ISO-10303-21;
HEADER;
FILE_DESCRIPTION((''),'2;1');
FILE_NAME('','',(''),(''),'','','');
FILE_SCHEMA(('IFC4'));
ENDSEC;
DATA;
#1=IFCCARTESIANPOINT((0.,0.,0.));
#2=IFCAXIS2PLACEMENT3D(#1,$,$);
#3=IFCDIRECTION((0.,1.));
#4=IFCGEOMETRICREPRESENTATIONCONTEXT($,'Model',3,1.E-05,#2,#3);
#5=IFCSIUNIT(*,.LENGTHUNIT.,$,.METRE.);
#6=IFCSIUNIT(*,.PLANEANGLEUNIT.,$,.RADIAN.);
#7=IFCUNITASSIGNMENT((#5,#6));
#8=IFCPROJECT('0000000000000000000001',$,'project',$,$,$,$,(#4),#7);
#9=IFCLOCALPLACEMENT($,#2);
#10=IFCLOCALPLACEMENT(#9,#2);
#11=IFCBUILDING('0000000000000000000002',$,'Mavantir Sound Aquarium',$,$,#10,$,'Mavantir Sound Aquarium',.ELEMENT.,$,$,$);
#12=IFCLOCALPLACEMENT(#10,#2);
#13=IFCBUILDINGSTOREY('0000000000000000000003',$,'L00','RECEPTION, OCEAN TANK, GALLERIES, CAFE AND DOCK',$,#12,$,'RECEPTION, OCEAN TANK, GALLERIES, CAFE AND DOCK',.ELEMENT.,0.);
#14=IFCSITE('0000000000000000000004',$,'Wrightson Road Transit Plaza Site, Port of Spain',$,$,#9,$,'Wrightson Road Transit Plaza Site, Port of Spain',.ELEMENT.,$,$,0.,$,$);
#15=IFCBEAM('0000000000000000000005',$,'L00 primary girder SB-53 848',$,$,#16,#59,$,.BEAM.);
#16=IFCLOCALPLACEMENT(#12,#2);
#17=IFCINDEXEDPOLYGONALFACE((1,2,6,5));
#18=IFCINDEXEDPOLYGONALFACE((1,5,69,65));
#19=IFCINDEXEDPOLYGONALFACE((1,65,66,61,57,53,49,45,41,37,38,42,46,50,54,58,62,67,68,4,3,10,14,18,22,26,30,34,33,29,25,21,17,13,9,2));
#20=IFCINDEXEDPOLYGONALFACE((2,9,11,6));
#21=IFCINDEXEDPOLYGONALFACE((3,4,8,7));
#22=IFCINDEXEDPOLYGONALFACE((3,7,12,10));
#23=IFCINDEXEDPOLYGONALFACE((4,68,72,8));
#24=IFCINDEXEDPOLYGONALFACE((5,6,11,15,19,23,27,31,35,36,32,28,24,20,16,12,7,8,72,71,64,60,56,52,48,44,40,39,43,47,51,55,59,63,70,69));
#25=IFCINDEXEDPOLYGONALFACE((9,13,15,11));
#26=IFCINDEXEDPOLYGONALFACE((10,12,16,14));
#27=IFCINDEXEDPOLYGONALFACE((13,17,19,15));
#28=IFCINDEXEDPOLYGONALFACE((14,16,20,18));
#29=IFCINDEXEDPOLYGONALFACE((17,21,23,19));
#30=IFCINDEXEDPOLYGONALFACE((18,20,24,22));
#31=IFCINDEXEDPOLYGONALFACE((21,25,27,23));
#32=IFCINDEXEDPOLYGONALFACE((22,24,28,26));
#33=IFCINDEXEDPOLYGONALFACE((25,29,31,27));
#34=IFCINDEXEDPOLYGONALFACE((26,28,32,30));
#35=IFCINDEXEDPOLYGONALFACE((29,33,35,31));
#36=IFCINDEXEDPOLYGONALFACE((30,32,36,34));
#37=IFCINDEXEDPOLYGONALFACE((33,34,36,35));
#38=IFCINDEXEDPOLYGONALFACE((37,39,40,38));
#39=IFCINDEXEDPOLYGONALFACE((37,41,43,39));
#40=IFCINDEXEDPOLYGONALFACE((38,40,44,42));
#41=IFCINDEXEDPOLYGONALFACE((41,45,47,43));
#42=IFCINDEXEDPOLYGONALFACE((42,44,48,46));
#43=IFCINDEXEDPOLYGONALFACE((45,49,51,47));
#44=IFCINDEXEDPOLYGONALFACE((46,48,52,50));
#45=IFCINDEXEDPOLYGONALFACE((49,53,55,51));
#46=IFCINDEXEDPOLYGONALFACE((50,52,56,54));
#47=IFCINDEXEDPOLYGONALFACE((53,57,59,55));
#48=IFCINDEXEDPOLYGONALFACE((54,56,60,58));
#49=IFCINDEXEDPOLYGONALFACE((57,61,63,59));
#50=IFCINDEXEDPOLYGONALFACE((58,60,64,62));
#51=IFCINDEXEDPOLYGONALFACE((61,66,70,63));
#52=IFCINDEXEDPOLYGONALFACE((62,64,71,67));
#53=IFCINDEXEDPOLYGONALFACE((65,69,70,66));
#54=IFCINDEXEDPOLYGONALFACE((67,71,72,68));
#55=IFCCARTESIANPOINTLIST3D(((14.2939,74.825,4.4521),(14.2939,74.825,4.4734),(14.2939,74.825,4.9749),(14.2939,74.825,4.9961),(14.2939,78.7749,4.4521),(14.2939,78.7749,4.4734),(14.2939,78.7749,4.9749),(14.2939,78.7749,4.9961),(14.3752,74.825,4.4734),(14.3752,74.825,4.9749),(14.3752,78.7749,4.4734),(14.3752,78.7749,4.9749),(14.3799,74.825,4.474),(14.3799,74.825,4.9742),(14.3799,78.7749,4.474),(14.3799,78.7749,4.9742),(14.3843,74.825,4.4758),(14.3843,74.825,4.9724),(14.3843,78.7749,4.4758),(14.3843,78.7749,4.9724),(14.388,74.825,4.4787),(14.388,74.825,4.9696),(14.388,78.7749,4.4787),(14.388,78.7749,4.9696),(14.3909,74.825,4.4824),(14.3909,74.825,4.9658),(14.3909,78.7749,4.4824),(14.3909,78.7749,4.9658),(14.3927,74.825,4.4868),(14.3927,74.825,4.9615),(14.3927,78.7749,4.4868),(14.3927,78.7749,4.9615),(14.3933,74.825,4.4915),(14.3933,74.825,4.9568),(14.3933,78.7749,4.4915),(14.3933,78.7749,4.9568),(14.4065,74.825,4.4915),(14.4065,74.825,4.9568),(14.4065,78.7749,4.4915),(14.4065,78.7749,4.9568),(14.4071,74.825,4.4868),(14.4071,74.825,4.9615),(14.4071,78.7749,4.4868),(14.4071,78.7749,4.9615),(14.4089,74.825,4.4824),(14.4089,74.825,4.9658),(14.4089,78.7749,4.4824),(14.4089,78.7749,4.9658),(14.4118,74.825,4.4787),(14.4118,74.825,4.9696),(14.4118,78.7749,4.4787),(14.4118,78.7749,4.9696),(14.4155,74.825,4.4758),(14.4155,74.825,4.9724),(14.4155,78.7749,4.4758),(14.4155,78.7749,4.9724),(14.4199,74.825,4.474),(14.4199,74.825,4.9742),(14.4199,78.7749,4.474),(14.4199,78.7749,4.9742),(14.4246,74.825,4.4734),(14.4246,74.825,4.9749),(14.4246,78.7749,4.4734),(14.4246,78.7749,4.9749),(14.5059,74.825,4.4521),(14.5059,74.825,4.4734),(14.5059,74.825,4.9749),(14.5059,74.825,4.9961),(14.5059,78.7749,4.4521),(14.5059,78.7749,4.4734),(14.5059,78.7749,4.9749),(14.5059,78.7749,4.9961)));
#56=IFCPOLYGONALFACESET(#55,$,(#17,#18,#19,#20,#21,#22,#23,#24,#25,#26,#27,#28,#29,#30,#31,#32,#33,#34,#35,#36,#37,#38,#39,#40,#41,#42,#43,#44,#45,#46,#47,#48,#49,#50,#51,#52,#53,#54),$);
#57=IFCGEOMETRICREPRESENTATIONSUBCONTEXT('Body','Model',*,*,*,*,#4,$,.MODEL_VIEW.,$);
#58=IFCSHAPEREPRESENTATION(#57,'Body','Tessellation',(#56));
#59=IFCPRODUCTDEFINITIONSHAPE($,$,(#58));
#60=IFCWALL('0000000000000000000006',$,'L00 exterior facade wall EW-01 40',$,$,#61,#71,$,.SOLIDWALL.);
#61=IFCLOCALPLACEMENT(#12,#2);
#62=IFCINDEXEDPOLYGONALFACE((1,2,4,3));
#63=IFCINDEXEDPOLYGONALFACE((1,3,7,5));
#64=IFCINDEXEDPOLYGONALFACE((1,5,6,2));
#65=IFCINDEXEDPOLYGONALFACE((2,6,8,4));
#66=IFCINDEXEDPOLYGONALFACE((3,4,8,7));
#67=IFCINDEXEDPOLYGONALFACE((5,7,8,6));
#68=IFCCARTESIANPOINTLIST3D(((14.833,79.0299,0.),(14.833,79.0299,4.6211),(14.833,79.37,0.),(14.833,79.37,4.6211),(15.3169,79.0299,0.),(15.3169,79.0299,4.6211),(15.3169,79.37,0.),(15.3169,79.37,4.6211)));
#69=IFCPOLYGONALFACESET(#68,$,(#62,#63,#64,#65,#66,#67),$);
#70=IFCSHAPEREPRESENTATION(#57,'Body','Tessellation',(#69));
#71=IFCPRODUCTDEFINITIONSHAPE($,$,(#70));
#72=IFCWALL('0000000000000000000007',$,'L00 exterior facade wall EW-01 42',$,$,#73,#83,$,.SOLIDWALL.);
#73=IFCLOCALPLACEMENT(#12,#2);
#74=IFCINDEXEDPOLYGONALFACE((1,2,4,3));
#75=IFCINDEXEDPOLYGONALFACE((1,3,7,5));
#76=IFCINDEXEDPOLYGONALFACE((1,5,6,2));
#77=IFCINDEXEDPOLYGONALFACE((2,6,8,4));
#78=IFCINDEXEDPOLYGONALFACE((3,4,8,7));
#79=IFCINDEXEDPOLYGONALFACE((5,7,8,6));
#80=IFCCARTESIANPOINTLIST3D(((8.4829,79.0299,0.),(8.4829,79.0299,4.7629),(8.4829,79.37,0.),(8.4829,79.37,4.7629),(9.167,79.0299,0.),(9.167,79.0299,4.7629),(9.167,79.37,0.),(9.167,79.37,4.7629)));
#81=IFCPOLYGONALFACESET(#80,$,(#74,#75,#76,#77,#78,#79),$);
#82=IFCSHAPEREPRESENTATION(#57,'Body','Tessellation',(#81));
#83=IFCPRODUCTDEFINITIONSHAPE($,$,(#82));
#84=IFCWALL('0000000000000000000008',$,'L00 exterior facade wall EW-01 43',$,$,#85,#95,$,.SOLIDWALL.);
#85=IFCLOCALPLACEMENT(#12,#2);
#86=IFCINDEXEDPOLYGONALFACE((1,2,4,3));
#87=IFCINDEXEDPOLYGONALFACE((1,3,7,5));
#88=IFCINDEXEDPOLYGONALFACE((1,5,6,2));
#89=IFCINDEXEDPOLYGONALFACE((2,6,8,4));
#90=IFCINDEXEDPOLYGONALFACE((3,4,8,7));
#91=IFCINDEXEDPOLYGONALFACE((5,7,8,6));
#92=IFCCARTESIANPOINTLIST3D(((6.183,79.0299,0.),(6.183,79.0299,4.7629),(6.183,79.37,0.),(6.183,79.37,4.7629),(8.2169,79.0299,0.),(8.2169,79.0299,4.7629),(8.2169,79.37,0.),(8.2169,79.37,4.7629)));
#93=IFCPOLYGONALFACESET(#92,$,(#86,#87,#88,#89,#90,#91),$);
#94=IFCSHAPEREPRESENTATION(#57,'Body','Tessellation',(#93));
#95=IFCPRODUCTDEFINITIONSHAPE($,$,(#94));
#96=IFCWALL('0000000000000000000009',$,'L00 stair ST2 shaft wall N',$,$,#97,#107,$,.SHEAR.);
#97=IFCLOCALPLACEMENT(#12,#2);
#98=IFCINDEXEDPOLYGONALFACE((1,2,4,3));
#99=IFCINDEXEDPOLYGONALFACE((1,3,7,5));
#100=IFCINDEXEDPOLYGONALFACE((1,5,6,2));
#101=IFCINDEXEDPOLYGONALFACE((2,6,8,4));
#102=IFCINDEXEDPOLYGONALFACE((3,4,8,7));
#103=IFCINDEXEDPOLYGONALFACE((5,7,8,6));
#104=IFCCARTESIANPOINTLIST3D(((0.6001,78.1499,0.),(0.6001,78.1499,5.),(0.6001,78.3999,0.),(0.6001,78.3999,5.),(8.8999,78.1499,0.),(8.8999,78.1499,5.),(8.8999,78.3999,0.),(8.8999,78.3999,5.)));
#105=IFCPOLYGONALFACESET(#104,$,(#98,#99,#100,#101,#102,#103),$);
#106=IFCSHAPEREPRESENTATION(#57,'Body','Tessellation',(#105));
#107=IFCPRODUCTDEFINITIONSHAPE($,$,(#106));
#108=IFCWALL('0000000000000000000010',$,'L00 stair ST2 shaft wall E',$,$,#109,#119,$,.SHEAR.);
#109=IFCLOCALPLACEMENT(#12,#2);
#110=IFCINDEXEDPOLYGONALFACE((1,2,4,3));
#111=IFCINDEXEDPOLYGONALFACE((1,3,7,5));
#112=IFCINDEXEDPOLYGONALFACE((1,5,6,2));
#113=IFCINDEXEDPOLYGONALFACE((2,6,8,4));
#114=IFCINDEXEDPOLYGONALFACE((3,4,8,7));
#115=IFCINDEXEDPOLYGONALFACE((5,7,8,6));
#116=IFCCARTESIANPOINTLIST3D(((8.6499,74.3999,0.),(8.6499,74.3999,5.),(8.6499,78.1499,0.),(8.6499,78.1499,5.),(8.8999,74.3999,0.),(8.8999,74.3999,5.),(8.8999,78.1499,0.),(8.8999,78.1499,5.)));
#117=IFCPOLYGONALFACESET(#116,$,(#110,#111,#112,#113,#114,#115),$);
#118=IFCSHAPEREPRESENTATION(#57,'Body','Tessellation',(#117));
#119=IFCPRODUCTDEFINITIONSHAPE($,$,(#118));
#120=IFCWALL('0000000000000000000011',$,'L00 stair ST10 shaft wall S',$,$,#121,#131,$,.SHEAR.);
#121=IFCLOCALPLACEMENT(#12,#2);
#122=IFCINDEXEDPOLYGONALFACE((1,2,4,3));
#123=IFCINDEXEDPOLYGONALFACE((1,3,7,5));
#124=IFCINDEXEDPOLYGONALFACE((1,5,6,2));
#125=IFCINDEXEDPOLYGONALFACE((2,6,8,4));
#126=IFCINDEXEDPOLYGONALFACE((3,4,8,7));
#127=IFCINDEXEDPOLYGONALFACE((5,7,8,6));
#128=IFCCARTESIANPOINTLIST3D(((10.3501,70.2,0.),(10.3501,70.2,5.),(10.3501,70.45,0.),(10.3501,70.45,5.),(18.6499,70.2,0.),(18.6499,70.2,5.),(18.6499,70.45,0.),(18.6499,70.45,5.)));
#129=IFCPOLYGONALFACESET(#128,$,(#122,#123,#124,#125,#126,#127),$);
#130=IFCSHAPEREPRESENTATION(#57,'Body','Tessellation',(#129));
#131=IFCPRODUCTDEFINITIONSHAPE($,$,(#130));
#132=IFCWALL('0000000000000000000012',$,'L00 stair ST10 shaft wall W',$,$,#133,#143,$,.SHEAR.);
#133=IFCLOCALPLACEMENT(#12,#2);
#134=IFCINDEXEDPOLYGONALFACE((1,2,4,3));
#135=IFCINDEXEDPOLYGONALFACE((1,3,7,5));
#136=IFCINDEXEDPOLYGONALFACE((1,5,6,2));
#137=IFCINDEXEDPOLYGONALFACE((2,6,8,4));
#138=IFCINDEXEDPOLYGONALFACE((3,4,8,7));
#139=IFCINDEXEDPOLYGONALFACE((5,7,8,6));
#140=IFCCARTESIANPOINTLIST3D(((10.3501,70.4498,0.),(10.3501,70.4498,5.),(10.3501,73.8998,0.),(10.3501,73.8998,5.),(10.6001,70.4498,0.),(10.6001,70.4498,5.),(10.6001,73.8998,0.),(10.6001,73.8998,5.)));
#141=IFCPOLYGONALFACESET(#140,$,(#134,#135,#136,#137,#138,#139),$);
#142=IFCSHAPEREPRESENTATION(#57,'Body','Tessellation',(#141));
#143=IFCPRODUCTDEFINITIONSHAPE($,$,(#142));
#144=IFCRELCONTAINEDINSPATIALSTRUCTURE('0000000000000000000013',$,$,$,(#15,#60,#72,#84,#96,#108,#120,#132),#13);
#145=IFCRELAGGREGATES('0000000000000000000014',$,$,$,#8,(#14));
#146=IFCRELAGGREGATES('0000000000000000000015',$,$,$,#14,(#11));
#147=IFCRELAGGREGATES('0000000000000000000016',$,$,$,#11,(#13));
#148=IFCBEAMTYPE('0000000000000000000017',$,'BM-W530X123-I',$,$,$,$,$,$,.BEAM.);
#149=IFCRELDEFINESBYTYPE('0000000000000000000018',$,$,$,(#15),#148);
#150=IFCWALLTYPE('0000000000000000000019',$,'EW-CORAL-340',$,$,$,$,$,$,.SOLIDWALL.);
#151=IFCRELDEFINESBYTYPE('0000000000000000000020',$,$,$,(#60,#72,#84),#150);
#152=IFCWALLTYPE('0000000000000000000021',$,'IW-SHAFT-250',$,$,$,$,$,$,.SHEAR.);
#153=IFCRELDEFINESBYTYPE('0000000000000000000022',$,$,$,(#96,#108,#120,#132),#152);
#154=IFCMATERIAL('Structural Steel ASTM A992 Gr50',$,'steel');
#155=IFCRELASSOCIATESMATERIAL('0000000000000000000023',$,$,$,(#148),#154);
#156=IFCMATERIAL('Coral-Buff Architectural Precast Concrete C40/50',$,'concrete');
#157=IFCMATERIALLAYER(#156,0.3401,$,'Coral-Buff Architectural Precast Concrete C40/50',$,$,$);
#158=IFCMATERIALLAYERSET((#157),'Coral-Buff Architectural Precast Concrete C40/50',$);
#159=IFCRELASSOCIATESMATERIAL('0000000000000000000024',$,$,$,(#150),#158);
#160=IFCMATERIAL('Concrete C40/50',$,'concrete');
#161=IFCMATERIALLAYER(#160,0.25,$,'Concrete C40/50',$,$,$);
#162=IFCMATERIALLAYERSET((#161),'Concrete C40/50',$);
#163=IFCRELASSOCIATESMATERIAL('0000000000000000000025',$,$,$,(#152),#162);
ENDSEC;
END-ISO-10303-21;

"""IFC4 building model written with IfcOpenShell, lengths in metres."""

from ifc_helpers import new_model, si_unit, direction, frame, frame_2d, origin, origin_2d, place, context, subcontext, project, spatial, rectangle, i_section, extrude, material, layer, layer_set, material_profile, profile_set, type_object, element, save


model = new_model("IFC4")

# Units and contexts
model_context = context("Model", 3, precision=1e-05, world=origin(), true_north=direction((0.0, 1.0)))
body_context = subcontext(model_context, "Body", "Model", "MODEL_VIEW")
ifc_project = project(units=[si_unit("LENGTHUNIT", "METRE"), si_unit("PLANEANGLEUNIT", "RADIAN")], contexts=[model_context])

# Site, building, storey
site_placement = place(None, origin())
site = spatial("IfcSite", under=ifc_project, at=site_placement, Name="Wrightson Road Transit Plaza Site, Port of Spain", LongName="Wrightson Road Transit Plaza Site, Port of Spain", CompositionType="ELEMENT", RefElevation=0.0)
building_placement = place(site_placement, origin())
building = spatial("IfcBuilding", under=site, at=building_placement, Name="Mavantir Sound Aquarium", LongName="Mavantir Sound Aquarium", CompositionType="ELEMENT")
storey_placement = place(building_placement, origin())
storey = spatial("IfcBuildingStorey", under=building, at=storey_placement, Name="L00", Description="RECEPTION, OCEAN TANK, GALLERIES, CAFE AND DOCK", LongName="RECEPTION, OCEAN TANK, GALLERIES, CAFE AND DOCK", CompositionType="ELEMENT", Elevation=0.0)

# Shared definitions
ifc_material_1 = material(Name="Concrete C40/50", Category="concrete")

# Beam
ifc_material_2 = material(Name="Structural Steel ASTM A992 Gr50", Category="steel")
ifc_material_profile_1 = material_profile(ifc_material_2, i_section(OverallWidth=0.2119, OverallDepth=0.5439, WebThickness=0.0132, FlangeThickness=0.0212, FilletRadius=0.0181, at=origin_2d()), Name="W530X123")
ifc_profile_set_1 = profile_set([ifc_material_profile_1], Name="Structural Steel ASTM A992 Gr50")
beam_type_1 = type_object("IfcBeamType", Name="BM-W530X123-I", PredefinedType="BEAM", material=ifc_profile_set_1)
beam_1_placement = place(storey_placement, frame((14.3999, 74.825, 4.7241), z_axis=(0.0, 1.0, 0.0), x_axis=(-1.0, 0.0, 0.0)))
element("IfcBeam", 1, at=beam_1_placement, inside=storey, type_object=beam_type_1, Name="L00 primary girder SB-53 848", PredefinedType="BEAM", context=body_context, shape_type="SweptSolid", body=[
    extrude(i_section(OverallWidth=0.2119, OverallDepth=0.5439, WebThickness=0.0132, FlangeThickness=0.0212, FilletRadius=0.0181, at=origin_2d()), origin(), (0.0, 0.0, 1.0), 3.95),
])

# Wall
ifc_material_3 = material(Name="Coral-Buff Architectural Precast Concrete C40/50", Category="concrete")
ifc_layer_1 = layer(ifc_material_3, 0.3401, Name="Coral-Buff Architectural Precast Concrete C40/50")
ifc_layer_set_1 = layer_set([ifc_layer_1], Name="Coral-Buff Architectural Precast Concrete C40/50")
wall_type_1 = type_object("IfcWallType", Name="EW-CORAL-340", PredefinedType="SOLIDWALL", material=ifc_layer_set_1)
wall_1_placement = place(storey_placement, frame((15.3169, 79.2, 0.0), z_axis=(0.0, 0.0, 1.0), x_axis=(-1.0, 0.0, 0.0)))
element("IfcWall", 2, at=wall_1_placement, inside=storey, type_object=wall_type_1, Name="L00 exterior facade wall EW-01 40", PredefinedType="SOLIDWALL", context=body_context, shape_type="SweptSolid", body=[
    extrude(rectangle(XDim=0.4839, YDim=0.3401, at=frame_2d((0.2419, 0.0))), origin(), (0.0, 0.0, 1.0), 4.6211),
])

# Walls
wall_2_placement = place(storey_placement, frame((9.167, 79.2, 0.0), z_axis=(0.0, 0.0, 1.0), x_axis=(-1.0, 0.0, 0.0)))
element("IfcWall", 3, at=wall_2_placement, inside=storey, type_object=wall_type_1, Name="L00 exterior facade wall EW-01 42", PredefinedType="SOLIDWALL", context=body_context, shape_type="SweptSolid", body=[
    extrude(rectangle(XDim=0.6841, YDim=0.3401, at=frame_2d((0.342, 0.0))), origin(), (0.0, 0.0, 1.0), 4.7629),
])
wall_3_placement = place(storey_placement, frame((8.217, 79.2, 0.0), z_axis=(0.0, 0.0, 1.0), x_axis=(-1.0, 0.0, 0.0)))
element("IfcWall", 4, at=wall_3_placement, inside=storey, type_object=wall_type_1, Name="L00 exterior facade wall EW-01 43", PredefinedType="SOLIDWALL", context=body_context, shape_type="SweptSolid", body=[
    extrude(rectangle(XDim=2.0339, YDim=0.3401, at=frame_2d((1.0171, 0.0))), origin(), (0.0, 0.0, 1.0), 4.7629),
])
ifc_layer_2 = layer(ifc_material_1, 0.25, Name="Concrete C40/50")
ifc_layer_set_2 = layer_set([ifc_layer_2], Name="Concrete C40/50")
wall_type_2 = type_object("IfcWallType", Name="IW-SHAFT-250", PredefinedType="SHEAR", material=ifc_layer_set_2)
wall_4_placement = place(storey_placement, frame((8.8999, 78.2749, 0.0), z_axis=(0.0, 0.0, 1.0), x_axis=(-1.0, 0.0, 0.0)))
element("IfcWall", 5, at=wall_4_placement, inside=storey, type_object=wall_type_2, Name="L00 stair ST2 shaft wall N", PredefinedType="SHEAR", context=body_context, shape_type="SweptSolid", body=[
    extrude(rectangle(XDim=8.2998, YDim=0.25, at=frame_2d((4.1499, 0.0))), origin(), (0.0, 0.0, 1.0), 5.0),
])
wall_5_placement = place(storey_placement, frame((8.7749, 74.3999, 0.0), z_axis=(0.0, 0.0, 1.0), x_axis=(0.0, 1.0, 0.0)))
element("IfcWall", 6, at=wall_5_placement, inside=storey, type_object=wall_type_2, Name="L00 stair ST2 shaft wall E", PredefinedType="SHEAR", context=body_context, shape_type="SweptSolid", body=[
    extrude(rectangle(XDim=3.75, YDim=0.25, at=frame_2d((1.875, 0.0))), origin(), (0.0, 0.0, 1.0), 5.0),
])
wall_6_placement = place(storey_placement, frame((10.3501, 70.325, 0.0), z_axis=(0.0, 0.0, 1.0), x_axis=(1.0, 0.0, 0.0)))
element("IfcWall", 7, at=wall_6_placement, inside=storey, type_object=wall_type_2, Name="L00 stair ST10 shaft wall S", PredefinedType="SHEAR", context=body_context, shape_type="SweptSolid", body=[
    extrude(rectangle(XDim=8.2998, YDim=0.25, at=frame_2d((4.1499, 0.0))), origin(), (0.0, 0.0, 1.0), 5.0),
])
wall_7_placement = place(storey_placement, frame((10.4751, 73.8999, 0.0), z_axis=(0.0, 0.0, 1.0), x_axis=(0.0, -1.0, 0.0)))
element("IfcWall", 8, at=wall_7_placement, inside=storey, type_object=wall_type_2, Name="L00 stair ST10 shaft wall W", PredefinedType="SHEAR", context=body_context, shape_type="SweptSolid", body=[
    extrude(rectangle(XDim=3.45, YDim=0.25, at=frame_2d((1.7251, 0.0))), origin(), (0.0, 0.0, 1.0), 5.0),
])

save(model, "model.ifc")
